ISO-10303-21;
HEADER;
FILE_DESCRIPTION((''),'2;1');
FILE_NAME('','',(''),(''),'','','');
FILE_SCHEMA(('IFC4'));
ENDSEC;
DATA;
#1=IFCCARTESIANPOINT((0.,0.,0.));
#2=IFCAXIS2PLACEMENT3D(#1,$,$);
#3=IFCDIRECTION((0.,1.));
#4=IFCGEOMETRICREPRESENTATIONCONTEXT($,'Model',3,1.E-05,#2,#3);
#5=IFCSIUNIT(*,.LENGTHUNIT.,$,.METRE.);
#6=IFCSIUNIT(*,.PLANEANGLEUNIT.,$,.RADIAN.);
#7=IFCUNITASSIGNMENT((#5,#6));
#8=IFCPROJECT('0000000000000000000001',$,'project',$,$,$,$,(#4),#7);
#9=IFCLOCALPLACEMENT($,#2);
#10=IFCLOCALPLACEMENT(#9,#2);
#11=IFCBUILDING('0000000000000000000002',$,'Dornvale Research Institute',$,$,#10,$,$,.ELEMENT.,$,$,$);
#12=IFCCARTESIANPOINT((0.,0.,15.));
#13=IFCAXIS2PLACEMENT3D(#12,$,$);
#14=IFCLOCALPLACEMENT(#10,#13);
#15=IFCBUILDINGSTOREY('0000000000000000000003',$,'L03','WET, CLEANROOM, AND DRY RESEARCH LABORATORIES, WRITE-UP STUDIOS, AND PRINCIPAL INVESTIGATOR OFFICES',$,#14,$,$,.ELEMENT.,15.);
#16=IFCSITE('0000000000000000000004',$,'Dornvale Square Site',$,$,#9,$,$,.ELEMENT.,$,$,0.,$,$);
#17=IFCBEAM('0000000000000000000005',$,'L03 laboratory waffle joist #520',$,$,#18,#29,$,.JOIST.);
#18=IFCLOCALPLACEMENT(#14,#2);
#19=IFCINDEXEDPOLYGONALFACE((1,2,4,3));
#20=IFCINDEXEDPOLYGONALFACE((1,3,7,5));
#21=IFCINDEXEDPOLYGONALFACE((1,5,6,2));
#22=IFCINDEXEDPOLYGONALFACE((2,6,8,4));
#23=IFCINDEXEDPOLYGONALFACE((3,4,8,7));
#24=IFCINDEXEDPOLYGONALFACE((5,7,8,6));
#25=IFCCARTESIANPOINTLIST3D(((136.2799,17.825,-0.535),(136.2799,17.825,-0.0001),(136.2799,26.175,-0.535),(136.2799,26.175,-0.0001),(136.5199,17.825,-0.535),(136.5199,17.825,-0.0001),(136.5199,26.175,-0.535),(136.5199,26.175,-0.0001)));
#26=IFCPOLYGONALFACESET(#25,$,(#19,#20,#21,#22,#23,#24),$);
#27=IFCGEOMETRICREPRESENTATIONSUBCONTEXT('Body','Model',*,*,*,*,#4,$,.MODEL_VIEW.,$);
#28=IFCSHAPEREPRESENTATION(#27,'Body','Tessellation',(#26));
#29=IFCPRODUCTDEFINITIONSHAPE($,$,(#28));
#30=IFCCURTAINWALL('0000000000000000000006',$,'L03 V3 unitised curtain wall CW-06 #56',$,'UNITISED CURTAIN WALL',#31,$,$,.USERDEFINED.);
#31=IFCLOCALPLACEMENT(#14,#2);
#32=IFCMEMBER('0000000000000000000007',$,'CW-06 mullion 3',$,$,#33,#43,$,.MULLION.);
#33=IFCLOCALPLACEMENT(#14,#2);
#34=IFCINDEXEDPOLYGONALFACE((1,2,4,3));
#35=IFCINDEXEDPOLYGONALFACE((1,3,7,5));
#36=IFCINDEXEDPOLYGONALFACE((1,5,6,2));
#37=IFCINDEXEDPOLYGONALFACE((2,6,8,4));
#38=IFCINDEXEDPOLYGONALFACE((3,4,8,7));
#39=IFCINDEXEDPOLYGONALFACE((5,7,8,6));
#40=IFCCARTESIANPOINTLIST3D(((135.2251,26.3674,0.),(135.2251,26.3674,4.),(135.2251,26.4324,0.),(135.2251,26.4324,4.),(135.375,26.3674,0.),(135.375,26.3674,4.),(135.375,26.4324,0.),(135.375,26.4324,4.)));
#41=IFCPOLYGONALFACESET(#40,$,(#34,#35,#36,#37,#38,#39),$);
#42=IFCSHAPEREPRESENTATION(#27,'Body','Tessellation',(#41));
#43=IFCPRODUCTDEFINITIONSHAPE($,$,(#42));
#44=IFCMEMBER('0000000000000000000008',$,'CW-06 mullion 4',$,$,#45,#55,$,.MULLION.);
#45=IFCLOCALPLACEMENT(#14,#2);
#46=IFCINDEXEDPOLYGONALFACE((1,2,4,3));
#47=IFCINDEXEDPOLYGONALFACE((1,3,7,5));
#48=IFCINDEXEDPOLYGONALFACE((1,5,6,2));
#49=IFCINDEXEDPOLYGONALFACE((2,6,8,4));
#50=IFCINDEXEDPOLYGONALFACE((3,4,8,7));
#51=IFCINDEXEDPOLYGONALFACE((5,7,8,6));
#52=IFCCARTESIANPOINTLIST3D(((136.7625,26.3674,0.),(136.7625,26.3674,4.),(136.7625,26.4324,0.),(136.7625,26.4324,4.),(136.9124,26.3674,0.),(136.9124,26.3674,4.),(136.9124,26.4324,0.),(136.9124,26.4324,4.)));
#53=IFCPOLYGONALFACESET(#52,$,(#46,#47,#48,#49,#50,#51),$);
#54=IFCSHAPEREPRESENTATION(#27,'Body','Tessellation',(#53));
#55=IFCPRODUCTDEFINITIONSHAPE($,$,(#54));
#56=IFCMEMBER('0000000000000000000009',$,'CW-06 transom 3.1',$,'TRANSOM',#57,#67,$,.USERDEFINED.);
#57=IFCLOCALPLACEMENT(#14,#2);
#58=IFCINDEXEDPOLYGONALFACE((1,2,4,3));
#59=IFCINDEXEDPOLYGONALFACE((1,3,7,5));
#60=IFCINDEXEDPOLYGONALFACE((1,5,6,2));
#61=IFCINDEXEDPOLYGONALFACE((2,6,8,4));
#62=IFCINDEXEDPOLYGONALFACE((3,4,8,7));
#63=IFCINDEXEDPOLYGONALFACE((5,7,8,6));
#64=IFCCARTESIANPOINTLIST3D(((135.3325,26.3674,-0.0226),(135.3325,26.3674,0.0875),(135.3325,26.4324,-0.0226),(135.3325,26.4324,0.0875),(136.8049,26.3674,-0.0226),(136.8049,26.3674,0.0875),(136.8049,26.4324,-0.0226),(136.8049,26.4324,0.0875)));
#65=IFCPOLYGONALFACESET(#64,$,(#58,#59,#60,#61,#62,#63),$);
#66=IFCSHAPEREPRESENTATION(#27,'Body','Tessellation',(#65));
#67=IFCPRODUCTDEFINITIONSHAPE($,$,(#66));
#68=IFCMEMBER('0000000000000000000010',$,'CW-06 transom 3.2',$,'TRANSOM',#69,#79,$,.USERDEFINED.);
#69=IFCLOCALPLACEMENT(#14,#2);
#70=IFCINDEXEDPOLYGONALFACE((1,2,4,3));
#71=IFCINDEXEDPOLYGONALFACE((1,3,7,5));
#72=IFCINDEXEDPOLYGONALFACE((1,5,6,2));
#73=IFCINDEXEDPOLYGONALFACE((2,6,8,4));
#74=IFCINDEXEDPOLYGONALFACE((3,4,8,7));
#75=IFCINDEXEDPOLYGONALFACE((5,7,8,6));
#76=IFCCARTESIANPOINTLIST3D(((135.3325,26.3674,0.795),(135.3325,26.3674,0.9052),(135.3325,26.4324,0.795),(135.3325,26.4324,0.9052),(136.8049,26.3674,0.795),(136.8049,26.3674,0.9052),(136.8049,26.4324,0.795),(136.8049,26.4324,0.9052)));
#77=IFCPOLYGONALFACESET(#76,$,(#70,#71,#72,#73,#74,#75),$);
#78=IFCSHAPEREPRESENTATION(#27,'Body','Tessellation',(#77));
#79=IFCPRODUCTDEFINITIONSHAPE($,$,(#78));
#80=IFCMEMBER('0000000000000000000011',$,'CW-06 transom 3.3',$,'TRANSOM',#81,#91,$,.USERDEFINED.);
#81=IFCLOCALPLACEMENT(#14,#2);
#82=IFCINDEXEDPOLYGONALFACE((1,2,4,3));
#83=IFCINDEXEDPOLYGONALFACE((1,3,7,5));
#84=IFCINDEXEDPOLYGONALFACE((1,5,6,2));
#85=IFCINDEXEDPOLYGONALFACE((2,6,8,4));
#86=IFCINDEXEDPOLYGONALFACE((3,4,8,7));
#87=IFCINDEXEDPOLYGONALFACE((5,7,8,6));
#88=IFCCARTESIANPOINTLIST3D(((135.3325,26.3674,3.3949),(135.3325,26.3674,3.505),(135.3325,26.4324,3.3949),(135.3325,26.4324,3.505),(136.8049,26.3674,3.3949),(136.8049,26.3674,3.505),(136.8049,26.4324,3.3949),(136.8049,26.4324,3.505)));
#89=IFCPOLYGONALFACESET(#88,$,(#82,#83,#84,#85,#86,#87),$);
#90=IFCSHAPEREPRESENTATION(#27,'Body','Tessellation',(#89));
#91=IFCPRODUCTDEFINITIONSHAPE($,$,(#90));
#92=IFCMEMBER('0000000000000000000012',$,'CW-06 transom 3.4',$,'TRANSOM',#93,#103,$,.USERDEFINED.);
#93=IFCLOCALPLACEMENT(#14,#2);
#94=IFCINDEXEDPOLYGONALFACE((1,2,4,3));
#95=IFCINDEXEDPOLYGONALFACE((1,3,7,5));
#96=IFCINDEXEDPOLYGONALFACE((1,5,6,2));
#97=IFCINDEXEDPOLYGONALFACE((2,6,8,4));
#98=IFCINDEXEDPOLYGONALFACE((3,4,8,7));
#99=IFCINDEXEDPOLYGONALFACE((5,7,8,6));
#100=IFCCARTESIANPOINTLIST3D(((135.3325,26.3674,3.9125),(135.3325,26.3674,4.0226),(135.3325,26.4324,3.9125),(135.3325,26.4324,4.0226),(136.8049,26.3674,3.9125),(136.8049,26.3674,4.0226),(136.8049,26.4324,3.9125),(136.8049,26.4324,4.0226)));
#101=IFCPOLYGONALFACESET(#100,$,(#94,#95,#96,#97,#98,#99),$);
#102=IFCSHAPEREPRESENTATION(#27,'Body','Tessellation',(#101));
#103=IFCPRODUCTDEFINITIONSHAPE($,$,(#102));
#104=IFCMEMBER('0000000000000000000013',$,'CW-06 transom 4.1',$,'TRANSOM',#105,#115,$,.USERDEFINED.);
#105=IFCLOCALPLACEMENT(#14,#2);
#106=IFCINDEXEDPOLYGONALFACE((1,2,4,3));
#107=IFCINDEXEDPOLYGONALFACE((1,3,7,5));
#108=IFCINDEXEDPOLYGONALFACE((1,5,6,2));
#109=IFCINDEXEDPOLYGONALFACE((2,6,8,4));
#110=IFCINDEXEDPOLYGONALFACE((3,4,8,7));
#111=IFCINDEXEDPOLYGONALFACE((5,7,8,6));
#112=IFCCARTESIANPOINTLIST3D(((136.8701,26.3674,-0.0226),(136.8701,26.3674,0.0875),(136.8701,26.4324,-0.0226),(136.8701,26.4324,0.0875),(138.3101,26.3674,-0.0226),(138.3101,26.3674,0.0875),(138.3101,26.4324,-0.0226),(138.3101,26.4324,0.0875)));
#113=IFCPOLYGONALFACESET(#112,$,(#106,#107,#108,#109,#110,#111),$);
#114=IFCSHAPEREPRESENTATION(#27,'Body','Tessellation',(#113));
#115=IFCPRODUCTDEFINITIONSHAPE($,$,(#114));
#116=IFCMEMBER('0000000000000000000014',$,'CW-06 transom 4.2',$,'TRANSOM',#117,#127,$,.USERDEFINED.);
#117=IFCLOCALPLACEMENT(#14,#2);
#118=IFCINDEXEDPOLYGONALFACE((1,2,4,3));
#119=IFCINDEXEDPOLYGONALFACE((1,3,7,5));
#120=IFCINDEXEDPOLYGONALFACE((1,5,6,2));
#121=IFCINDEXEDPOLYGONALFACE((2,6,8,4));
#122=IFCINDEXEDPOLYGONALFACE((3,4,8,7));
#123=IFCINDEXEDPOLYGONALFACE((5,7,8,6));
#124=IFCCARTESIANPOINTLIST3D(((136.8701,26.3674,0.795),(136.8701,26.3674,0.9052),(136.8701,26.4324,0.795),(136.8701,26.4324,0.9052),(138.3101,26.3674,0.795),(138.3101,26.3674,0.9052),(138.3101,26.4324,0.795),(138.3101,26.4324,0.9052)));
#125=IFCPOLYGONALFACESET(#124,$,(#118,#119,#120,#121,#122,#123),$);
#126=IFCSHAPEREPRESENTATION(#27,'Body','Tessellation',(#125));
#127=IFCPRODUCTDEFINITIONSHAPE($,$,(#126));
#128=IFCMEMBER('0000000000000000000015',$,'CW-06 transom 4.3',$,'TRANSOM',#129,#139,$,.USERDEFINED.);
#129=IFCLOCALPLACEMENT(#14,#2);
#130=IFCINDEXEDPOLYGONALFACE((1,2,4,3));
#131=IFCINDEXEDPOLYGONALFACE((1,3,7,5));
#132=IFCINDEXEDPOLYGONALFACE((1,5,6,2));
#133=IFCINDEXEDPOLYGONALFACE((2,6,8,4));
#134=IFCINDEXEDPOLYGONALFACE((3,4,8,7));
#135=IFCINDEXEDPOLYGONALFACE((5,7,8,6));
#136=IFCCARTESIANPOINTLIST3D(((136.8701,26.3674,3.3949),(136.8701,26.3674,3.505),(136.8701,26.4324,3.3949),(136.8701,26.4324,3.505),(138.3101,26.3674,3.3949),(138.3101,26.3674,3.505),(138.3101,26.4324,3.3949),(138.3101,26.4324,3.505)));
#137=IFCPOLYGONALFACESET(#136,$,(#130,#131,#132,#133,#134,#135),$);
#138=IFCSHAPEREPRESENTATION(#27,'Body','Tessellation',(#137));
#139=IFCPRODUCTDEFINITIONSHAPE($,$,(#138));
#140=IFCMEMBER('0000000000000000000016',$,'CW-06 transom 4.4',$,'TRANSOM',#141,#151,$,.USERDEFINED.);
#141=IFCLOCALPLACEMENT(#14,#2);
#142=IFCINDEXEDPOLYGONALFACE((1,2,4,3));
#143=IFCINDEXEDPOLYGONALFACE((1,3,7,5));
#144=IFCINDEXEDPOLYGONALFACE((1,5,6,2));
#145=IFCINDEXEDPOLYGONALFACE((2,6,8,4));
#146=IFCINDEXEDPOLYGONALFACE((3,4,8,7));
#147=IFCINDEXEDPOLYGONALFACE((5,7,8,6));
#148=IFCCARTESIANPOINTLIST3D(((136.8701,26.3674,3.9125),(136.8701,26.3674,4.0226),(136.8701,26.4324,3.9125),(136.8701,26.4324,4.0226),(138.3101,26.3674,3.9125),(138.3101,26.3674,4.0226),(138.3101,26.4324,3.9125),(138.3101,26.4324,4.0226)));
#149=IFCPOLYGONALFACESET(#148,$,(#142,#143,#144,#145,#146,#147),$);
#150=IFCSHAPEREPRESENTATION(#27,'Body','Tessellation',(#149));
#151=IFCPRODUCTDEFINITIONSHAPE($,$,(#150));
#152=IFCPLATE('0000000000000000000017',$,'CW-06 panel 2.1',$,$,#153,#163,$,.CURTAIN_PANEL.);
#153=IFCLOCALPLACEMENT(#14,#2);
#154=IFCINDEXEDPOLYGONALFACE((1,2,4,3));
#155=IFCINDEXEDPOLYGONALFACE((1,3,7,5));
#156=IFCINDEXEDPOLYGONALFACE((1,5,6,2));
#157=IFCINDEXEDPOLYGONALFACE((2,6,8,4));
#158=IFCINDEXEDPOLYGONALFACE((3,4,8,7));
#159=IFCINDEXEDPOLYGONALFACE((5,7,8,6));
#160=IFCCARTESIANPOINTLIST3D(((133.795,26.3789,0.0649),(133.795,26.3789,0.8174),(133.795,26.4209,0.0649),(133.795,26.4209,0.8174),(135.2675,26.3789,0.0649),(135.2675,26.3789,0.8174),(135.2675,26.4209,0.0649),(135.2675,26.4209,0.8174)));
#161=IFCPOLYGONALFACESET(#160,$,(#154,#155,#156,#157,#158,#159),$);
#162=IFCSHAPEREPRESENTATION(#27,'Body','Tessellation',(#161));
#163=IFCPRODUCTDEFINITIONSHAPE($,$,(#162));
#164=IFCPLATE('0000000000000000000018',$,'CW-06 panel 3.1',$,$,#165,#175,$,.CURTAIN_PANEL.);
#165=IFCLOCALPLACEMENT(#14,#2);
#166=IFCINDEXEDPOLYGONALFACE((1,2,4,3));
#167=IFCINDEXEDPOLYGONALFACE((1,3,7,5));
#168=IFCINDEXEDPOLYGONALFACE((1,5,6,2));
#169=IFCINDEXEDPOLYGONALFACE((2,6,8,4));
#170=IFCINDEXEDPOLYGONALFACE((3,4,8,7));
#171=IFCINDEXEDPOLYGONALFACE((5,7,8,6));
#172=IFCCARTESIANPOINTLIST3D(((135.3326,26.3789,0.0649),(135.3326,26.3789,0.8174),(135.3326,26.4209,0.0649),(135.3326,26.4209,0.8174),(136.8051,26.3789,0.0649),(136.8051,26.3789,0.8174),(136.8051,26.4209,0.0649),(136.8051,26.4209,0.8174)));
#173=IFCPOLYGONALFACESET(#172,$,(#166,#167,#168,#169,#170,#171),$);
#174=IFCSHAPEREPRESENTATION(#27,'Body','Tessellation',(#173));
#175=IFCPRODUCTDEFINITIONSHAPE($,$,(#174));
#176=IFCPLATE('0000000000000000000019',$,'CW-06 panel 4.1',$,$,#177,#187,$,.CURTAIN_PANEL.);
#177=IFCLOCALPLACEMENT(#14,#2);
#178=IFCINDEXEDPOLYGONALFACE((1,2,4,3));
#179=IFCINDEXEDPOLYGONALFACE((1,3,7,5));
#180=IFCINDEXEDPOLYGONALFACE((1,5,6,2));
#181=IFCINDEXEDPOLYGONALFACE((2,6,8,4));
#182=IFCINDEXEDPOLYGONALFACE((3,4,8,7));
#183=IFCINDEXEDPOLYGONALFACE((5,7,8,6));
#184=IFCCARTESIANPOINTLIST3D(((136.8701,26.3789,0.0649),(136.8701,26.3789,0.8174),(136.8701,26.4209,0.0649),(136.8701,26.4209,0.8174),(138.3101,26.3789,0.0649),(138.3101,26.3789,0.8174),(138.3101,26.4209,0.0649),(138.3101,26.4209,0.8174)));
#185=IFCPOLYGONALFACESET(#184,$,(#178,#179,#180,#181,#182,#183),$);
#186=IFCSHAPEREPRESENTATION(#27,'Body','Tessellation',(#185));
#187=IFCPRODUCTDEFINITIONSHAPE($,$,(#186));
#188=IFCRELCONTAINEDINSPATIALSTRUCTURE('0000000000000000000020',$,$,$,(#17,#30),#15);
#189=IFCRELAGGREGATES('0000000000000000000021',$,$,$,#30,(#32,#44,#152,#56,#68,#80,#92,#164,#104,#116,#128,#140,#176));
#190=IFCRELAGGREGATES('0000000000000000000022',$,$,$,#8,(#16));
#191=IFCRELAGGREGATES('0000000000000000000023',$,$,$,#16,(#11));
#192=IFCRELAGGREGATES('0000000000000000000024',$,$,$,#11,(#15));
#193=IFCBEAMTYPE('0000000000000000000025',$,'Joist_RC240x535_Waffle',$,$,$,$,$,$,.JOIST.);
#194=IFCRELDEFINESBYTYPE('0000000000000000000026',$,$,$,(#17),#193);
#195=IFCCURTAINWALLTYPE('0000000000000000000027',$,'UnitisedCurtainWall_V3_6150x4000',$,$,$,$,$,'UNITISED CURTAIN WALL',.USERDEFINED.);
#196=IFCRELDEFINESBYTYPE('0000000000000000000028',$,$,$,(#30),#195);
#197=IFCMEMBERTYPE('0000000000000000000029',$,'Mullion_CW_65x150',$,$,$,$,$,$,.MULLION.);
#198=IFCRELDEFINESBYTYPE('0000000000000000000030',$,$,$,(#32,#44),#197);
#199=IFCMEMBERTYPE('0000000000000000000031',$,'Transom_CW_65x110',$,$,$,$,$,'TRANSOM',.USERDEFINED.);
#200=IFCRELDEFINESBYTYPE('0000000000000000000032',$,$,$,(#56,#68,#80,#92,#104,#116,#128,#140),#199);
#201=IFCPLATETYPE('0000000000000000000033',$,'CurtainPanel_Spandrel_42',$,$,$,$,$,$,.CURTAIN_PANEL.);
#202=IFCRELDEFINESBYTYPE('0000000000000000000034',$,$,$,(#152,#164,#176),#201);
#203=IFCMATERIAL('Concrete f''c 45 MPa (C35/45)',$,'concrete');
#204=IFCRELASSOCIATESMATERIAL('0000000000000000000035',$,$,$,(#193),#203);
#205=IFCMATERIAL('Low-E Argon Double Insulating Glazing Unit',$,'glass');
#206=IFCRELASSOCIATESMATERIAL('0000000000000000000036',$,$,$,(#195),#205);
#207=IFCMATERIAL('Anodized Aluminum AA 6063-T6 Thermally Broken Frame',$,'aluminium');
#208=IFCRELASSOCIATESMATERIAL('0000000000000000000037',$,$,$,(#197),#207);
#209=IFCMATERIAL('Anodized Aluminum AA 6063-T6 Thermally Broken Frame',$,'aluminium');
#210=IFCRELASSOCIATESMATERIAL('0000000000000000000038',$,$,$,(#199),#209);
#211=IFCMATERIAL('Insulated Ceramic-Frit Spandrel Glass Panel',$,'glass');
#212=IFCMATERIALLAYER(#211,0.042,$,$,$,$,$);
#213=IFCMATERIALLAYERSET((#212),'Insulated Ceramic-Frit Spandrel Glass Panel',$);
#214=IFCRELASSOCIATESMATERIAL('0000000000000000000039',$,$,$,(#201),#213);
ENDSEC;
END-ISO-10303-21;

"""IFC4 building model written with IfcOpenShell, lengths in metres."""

from ifc_helpers import new_model, si_unit, direction, frame, origin, origin_2d, place, context, subcontext, project, spatial, rectangle, extrude, material, layer, layer_set, material_profile, profile_set, type_object, element, aggregate, save


model = new_model("IFC4")

# Units and contexts
model_context = context("Model", 3, precision=1e-05, world=origin(), true_north=direction((0.0, 1.0)))
body_context = subcontext(model_context, "Body", "Model", "MODEL_VIEW")
ifc_project = project(units=[si_unit("LENGTHUNIT", "METRE"), si_unit("PLANEANGLEUNIT", "RADIAN")], contexts=[model_context])

# Site, building, storey
site_placement = place(None, origin())
site = spatial("IfcSite", under=ifc_project, at=site_placement, Name="Dornvale Square Site", CompositionType="ELEMENT", RefElevation=0.0)
building_placement = place(site_placement, origin())
building = spatial("IfcBuilding", under=site, at=building_placement, Name="Dornvale Research Institute", CompositionType="ELEMENT")
storey_placement = place(building_placement, frame((0.0, 0.0, 15.0)))
storey = spatial("IfcBuildingStorey", under=building, at=storey_placement, Name="L03", Description="WET, CLEANROOM, AND DRY RESEARCH LABORATORIES, WRITE-UP STUDIOS, AND PRINCIPAL INVESTIGATOR OFFICES", CompositionType="ELEMENT", Elevation=15.0)

# Beam
ifc_material_1 = material(Name="Concrete f'c 45 MPa (C35/45)", Category="concrete")
ifc_material_profile_1 = material_profile(ifc_material_1, rectangle(XDim=0.24, YDim=0.5349, at=origin_2d()), Name="RC 240x535")
ifc_profile_set_1 = profile_set([ifc_material_profile_1], Name="Concrete f'c 45 MPa (C35/45)")
beam_type = type_object("IfcBeamType", Name="Joist_RC240x535_Waffle", PredefinedType="JOIST", material=ifc_profile_set_1)
beam_placement = place(storey_placement, frame((136.3999, 17.825, -0.2676), z_axis=(0.0, 1.0, 0.0), x_axis=(-1.0, 0.0, 0.0)))
element("IfcBeam", 1, at=beam_placement, inside=storey, type_object=beam_type, Name="L03 laboratory waffle joist #520", PredefinedType="JOIST", context=body_context, shape_type="SweptSolid", body=[
    extrude(rectangle(XDim=0.24, YDim=0.5349, at=origin_2d()), origin(), (0.0, 0.0, 1.0), 8.3501),
])

# Curtain wall, members, plates
ifc_material_2 = material(Name="Low-E Argon Double Insulating Glazing Unit", Category="glass")
curtain_wall_type = type_object("IfcCurtainWallType", Name="UnitisedCurtainWall_V3_6150x4000", ElementType="UNITISED CURTAIN WALL", PredefinedType="USERDEFINED", material=ifc_material_2)
curtain_wall_placement = place(storey_placement, origin())
curtain_wall = element("IfcCurtainWall", 2, at=curtain_wall_placement, inside=storey, type_object=curtain_wall_type, Name="L03 V3 unitised curtain wall CW-06 #56", ObjectType="UNITISED CURTAIN WALL", PredefinedType="USERDEFINED")
ifc_material_3 = material(Name="Anodized Aluminum AA 6063-T6 Thermally Broken Frame", Category="aluminium")
ifc_material_profile_2 = material_profile(ifc_material_3, rectangle(XDim=0.0649, YDim=0.1499, at=origin_2d()), Name="ALU MULLION 65x150")
ifc_profile_set_2 = profile_set([ifc_material_profile_2], Name="Anodized Aluminum AA 6063-T6 Thermally Broken Frame")
member_type_1 = type_object("IfcMemberType", Name="Mullion_CW_65x150", PredefinedType="MULLION", material=ifc_profile_set_2)
member_1_placement = place(storey_placement, frame((135.3, 26.3999, 0.0), z_axis=(0.0, 0.0, 1.0), x_axis=(0.0, 1.0, 0.0)))
member_1 = element("IfcMember", 3, at=member_1_placement, type_object=member_type_1, Name="CW-06 mullion 3", PredefinedType="MULLION", context=body_context, shape_type="SweptSolid", body=[
    extrude(rectangle(XDim=0.0649, YDim=0.1499, at=origin_2d()), origin(), (0.0, 0.0, 1.0), 4.0),
])
member_2_placement = place(storey_placement, frame((136.8374, 26.3999, 0.0), z_axis=(0.0, 0.0, 1.0), x_axis=(0.0, 1.0, 0.0)))
member_2 = element("IfcMember", 4, at=member_2_placement, type_object=member_type_1, Name="CW-06 mullion 4", PredefinedType="MULLION", context=body_context, shape_type="SweptSolid", body=[
    extrude(rectangle(XDim=0.0649, YDim=0.1499, at=origin_2d()), origin(), (0.0, 0.0, 1.0), 4.0),
])
ifc_material_4 = material(Name="Anodized Aluminum AA 6063-T6 Thermally Broken Frame", Category="aluminium")
ifc_material_profile_3 = material_profile(ifc_material_4, rectangle(XDim=0.0649, YDim=0.1101, at=origin_2d()), Name="ALU TRANSOM 65x110")
ifc_profile_set_3 = profile_set([ifc_material_profile_3], Name="Anodized Aluminum AA 6063-T6 Thermally Broken Frame")
member_type_2 = type_object("IfcMemberType", Name="Transom_CW_65x110", ElementType="TRANSOM", PredefinedType="USERDEFINED", material=ifc_profile_set_3)
member_3_placement = place(storey_placement, frame((135.3325, 26.3999, 0.0325), z_axis=(1.0, 0.0, 0.0), x_axis=(0.0, 1.0, 0.0)))
member_3 = element("IfcMember", 5, at=member_3_placement, type_object=member_type_2, Name="CW-06 transom 3.1", ObjectType="TRANSOM", PredefinedType="USERDEFINED", context=body_context, shape_type="SweptSolid", body=[
    extrude(rectangle(XDim=0.0649, YDim=0.1101, at=origin_2d()), origin(), (0.0, 0.0, 1.0), 1.4724),
])
member_4_placement = place(storey_placement, frame((135.3325, 26.3999, 0.8501), z_axis=(1.0, 0.0, 0.0), x_axis=(0.0, 1.0, 0.0)))
member_4 = element("IfcMember", 6, at=member_4_placement, type_object=member_type_2, Name="CW-06 transom 3.2", ObjectType="TRANSOM", PredefinedType="USERDEFINED", context=body_context, shape_type="SweptSolid", body=[
    extrude(rectangle(XDim=0.0649, YDim=0.1101, at=origin_2d()), origin(), (0.0, 0.0, 1.0), 1.4724),
])
member_5_placement = place(storey_placement, frame((135.3325, 26.3999, 3.45), z_axis=(1.0, 0.0, 0.0), x_axis=(0.0, 1.0, 0.0)))
member_5 = element("IfcMember", 7, at=member_5_placement, type_object=member_type_2, Name="CW-06 transom 3.3", ObjectType="TRANSOM", PredefinedType="USERDEFINED", context=body_context, shape_type="SweptSolid", body=[
    extrude(rectangle(XDim=0.0649, YDim=0.1101, at=origin_2d()), origin(), (0.0, 0.0, 1.0), 1.4724),
])
member_6_placement = place(storey_placement, frame((135.3325, 26.3999, 3.9675), z_axis=(1.0, 0.0, 0.0), x_axis=(0.0, 1.0, 0.0)))
member_6 = element("IfcMember", 8, at=member_6_placement, type_object=member_type_2, Name="CW-06 transom 3.4", ObjectType="TRANSOM", PredefinedType="USERDEFINED", context=body_context, shape_type="SweptSolid", body=[
    extrude(rectangle(XDim=0.0649, YDim=0.1101, at=origin_2d()), origin(), (0.0, 0.0, 1.0), 1.4724),
])
member_7_placement = place(storey_placement, frame((136.8701, 26.3999, 0.0325), z_axis=(1.0, 0.0, 0.0), x_axis=(0.0, 1.0, 0.0)))
member_7 = element("IfcMember", 9, at=member_7_placement, type_object=member_type_2, Name="CW-06 transom 4.1", ObjectType="TRANSOM", PredefinedType="USERDEFINED", context=body_context, shape_type="SweptSolid", body=[
    extrude(rectangle(XDim=0.0649, YDim=0.1101, at=origin_2d()), origin(), (0.0, 0.0, 1.0), 1.4399),
])
member_8_placement = place(storey_placement, frame((136.8701, 26.3999, 0.8501), z_axis=(1.0, 0.0, 0.0), x_axis=(0.0, 1.0, 0.0)))
member_8 = element("IfcMember", 10, at=member_8_placement, type_object=member_type_2, Name="CW-06 transom 4.2", ObjectType="TRANSOM", PredefinedType="USERDEFINED", context=body_context, shape_type="SweptSolid", body=[
    extrude(rectangle(XDim=0.0649, YDim=0.1101, at=origin_2d()), origin(), (0.0, 0.0, 1.0), 1.4399),
])
member_9_placement = place(storey_placement, frame((136.8701, 26.3999, 3.45), z_axis=(1.0, 0.0, 0.0), x_axis=(0.0, 1.0, 0.0)))
member_9 = element("IfcMember", 11, at=member_9_placement, type_object=member_type_2, Name="CW-06 transom 4.3", ObjectType="TRANSOM", PredefinedType="USERDEFINED", context=body_context, shape_type="SweptSolid", body=[
    extrude(rectangle(XDim=0.0649, YDim=0.1101, at=origin_2d()), origin(), (0.0, 0.0, 1.0), 1.4399),
])
member_10_placement = place(storey_placement, frame((136.8701, 26.3999, 3.9675), z_axis=(1.0, 0.0, 0.0), x_axis=(0.0, 1.0, 0.0)))
member_10 = element("IfcMember", 12, at=member_10_placement, type_object=member_type_2, Name="CW-06 transom 4.4", ObjectType="TRANSOM", PredefinedType="USERDEFINED", context=body_context, shape_type="SweptSolid", body=[
    extrude(rectangle(XDim=0.0649, YDim=0.1101, at=origin_2d()), origin(), (0.0, 0.0, 1.0), 1.4399),
])
ifc_material_5 = material(Name="Insulated Ceramic-Frit Spandrel Glass Panel", Category="glass")
ifc_layer_1 = layer(ifc_material_5, 0.042)
ifc_layer_set_1 = layer_set([ifc_layer_1], Name="Insulated Ceramic-Frit Spandrel Glass Panel")
plate_type_1 = type_object("IfcPlateType", Name="CurtainPanel_Spandrel_42", PredefinedType="CURTAIN_PANEL", material=ifc_layer_set_1)
plate_1_placement = place(storey_placement, frame((134.5312, 26.3999, 0.0649), z_axis=(0.0, 0.0, 1.0), x_axis=(1.0, 0.0, 0.0)))
plate_1 = element("IfcPlate", 13, at=plate_1_placement, type_object=plate_type_1, Name="CW-06 panel 2.1", PredefinedType="CURTAIN_PANEL", context=body_context, shape_type="SweptSolid", body=[
    extrude(rectangle(XDim=1.4724, YDim=0.042, at=origin_2d()), origin(), (0.0, 0.0, 1.0), 0.7524),
])
plate_2_placement = place(storey_placement, frame((136.0688, 26.3999, 0.0649), z_axis=(0.0, 0.0, 1.0), x_axis=(1.0, 0.0, 0.0)))
plate_2 = element("IfcPlate", 14, at=plate_2_placement, type_object=plate_type_1, Name="CW-06 panel 3.1", PredefinedType="CURTAIN_PANEL", context=body_context, shape_type="SweptSolid", body=[
    extrude(rectangle(XDim=1.4724, YDim=0.042, at=origin_2d()), origin(), (0.0, 0.0, 1.0), 0.7524),
])
plate_3_placement = place(storey_placement, frame((137.5901, 26.3999, 0.0649), z_axis=(0.0, 0.0, 1.0), x_axis=(1.0, 0.0, 0.0)))
plate_3 = element("IfcPlate", 15, at=plate_3_placement, type_object=plate_type_1, Name="CW-06 panel 4.1", PredefinedType="CURTAIN_PANEL", context=body_context, shape_type="SweptSolid", body=[
    extrude(rectangle(XDim=1.4399, YDim=0.042, at=origin_2d()), origin(), (0.0, 0.0, 1.0), 0.7524),
])
aggregate(curtain_wall, [member_1, member_2, plate_1, member_3, member_4, member_5, member_6, plate_2, member_7, member_8, member_9, member_10, plate_3])

save(model, "model.ifc")
